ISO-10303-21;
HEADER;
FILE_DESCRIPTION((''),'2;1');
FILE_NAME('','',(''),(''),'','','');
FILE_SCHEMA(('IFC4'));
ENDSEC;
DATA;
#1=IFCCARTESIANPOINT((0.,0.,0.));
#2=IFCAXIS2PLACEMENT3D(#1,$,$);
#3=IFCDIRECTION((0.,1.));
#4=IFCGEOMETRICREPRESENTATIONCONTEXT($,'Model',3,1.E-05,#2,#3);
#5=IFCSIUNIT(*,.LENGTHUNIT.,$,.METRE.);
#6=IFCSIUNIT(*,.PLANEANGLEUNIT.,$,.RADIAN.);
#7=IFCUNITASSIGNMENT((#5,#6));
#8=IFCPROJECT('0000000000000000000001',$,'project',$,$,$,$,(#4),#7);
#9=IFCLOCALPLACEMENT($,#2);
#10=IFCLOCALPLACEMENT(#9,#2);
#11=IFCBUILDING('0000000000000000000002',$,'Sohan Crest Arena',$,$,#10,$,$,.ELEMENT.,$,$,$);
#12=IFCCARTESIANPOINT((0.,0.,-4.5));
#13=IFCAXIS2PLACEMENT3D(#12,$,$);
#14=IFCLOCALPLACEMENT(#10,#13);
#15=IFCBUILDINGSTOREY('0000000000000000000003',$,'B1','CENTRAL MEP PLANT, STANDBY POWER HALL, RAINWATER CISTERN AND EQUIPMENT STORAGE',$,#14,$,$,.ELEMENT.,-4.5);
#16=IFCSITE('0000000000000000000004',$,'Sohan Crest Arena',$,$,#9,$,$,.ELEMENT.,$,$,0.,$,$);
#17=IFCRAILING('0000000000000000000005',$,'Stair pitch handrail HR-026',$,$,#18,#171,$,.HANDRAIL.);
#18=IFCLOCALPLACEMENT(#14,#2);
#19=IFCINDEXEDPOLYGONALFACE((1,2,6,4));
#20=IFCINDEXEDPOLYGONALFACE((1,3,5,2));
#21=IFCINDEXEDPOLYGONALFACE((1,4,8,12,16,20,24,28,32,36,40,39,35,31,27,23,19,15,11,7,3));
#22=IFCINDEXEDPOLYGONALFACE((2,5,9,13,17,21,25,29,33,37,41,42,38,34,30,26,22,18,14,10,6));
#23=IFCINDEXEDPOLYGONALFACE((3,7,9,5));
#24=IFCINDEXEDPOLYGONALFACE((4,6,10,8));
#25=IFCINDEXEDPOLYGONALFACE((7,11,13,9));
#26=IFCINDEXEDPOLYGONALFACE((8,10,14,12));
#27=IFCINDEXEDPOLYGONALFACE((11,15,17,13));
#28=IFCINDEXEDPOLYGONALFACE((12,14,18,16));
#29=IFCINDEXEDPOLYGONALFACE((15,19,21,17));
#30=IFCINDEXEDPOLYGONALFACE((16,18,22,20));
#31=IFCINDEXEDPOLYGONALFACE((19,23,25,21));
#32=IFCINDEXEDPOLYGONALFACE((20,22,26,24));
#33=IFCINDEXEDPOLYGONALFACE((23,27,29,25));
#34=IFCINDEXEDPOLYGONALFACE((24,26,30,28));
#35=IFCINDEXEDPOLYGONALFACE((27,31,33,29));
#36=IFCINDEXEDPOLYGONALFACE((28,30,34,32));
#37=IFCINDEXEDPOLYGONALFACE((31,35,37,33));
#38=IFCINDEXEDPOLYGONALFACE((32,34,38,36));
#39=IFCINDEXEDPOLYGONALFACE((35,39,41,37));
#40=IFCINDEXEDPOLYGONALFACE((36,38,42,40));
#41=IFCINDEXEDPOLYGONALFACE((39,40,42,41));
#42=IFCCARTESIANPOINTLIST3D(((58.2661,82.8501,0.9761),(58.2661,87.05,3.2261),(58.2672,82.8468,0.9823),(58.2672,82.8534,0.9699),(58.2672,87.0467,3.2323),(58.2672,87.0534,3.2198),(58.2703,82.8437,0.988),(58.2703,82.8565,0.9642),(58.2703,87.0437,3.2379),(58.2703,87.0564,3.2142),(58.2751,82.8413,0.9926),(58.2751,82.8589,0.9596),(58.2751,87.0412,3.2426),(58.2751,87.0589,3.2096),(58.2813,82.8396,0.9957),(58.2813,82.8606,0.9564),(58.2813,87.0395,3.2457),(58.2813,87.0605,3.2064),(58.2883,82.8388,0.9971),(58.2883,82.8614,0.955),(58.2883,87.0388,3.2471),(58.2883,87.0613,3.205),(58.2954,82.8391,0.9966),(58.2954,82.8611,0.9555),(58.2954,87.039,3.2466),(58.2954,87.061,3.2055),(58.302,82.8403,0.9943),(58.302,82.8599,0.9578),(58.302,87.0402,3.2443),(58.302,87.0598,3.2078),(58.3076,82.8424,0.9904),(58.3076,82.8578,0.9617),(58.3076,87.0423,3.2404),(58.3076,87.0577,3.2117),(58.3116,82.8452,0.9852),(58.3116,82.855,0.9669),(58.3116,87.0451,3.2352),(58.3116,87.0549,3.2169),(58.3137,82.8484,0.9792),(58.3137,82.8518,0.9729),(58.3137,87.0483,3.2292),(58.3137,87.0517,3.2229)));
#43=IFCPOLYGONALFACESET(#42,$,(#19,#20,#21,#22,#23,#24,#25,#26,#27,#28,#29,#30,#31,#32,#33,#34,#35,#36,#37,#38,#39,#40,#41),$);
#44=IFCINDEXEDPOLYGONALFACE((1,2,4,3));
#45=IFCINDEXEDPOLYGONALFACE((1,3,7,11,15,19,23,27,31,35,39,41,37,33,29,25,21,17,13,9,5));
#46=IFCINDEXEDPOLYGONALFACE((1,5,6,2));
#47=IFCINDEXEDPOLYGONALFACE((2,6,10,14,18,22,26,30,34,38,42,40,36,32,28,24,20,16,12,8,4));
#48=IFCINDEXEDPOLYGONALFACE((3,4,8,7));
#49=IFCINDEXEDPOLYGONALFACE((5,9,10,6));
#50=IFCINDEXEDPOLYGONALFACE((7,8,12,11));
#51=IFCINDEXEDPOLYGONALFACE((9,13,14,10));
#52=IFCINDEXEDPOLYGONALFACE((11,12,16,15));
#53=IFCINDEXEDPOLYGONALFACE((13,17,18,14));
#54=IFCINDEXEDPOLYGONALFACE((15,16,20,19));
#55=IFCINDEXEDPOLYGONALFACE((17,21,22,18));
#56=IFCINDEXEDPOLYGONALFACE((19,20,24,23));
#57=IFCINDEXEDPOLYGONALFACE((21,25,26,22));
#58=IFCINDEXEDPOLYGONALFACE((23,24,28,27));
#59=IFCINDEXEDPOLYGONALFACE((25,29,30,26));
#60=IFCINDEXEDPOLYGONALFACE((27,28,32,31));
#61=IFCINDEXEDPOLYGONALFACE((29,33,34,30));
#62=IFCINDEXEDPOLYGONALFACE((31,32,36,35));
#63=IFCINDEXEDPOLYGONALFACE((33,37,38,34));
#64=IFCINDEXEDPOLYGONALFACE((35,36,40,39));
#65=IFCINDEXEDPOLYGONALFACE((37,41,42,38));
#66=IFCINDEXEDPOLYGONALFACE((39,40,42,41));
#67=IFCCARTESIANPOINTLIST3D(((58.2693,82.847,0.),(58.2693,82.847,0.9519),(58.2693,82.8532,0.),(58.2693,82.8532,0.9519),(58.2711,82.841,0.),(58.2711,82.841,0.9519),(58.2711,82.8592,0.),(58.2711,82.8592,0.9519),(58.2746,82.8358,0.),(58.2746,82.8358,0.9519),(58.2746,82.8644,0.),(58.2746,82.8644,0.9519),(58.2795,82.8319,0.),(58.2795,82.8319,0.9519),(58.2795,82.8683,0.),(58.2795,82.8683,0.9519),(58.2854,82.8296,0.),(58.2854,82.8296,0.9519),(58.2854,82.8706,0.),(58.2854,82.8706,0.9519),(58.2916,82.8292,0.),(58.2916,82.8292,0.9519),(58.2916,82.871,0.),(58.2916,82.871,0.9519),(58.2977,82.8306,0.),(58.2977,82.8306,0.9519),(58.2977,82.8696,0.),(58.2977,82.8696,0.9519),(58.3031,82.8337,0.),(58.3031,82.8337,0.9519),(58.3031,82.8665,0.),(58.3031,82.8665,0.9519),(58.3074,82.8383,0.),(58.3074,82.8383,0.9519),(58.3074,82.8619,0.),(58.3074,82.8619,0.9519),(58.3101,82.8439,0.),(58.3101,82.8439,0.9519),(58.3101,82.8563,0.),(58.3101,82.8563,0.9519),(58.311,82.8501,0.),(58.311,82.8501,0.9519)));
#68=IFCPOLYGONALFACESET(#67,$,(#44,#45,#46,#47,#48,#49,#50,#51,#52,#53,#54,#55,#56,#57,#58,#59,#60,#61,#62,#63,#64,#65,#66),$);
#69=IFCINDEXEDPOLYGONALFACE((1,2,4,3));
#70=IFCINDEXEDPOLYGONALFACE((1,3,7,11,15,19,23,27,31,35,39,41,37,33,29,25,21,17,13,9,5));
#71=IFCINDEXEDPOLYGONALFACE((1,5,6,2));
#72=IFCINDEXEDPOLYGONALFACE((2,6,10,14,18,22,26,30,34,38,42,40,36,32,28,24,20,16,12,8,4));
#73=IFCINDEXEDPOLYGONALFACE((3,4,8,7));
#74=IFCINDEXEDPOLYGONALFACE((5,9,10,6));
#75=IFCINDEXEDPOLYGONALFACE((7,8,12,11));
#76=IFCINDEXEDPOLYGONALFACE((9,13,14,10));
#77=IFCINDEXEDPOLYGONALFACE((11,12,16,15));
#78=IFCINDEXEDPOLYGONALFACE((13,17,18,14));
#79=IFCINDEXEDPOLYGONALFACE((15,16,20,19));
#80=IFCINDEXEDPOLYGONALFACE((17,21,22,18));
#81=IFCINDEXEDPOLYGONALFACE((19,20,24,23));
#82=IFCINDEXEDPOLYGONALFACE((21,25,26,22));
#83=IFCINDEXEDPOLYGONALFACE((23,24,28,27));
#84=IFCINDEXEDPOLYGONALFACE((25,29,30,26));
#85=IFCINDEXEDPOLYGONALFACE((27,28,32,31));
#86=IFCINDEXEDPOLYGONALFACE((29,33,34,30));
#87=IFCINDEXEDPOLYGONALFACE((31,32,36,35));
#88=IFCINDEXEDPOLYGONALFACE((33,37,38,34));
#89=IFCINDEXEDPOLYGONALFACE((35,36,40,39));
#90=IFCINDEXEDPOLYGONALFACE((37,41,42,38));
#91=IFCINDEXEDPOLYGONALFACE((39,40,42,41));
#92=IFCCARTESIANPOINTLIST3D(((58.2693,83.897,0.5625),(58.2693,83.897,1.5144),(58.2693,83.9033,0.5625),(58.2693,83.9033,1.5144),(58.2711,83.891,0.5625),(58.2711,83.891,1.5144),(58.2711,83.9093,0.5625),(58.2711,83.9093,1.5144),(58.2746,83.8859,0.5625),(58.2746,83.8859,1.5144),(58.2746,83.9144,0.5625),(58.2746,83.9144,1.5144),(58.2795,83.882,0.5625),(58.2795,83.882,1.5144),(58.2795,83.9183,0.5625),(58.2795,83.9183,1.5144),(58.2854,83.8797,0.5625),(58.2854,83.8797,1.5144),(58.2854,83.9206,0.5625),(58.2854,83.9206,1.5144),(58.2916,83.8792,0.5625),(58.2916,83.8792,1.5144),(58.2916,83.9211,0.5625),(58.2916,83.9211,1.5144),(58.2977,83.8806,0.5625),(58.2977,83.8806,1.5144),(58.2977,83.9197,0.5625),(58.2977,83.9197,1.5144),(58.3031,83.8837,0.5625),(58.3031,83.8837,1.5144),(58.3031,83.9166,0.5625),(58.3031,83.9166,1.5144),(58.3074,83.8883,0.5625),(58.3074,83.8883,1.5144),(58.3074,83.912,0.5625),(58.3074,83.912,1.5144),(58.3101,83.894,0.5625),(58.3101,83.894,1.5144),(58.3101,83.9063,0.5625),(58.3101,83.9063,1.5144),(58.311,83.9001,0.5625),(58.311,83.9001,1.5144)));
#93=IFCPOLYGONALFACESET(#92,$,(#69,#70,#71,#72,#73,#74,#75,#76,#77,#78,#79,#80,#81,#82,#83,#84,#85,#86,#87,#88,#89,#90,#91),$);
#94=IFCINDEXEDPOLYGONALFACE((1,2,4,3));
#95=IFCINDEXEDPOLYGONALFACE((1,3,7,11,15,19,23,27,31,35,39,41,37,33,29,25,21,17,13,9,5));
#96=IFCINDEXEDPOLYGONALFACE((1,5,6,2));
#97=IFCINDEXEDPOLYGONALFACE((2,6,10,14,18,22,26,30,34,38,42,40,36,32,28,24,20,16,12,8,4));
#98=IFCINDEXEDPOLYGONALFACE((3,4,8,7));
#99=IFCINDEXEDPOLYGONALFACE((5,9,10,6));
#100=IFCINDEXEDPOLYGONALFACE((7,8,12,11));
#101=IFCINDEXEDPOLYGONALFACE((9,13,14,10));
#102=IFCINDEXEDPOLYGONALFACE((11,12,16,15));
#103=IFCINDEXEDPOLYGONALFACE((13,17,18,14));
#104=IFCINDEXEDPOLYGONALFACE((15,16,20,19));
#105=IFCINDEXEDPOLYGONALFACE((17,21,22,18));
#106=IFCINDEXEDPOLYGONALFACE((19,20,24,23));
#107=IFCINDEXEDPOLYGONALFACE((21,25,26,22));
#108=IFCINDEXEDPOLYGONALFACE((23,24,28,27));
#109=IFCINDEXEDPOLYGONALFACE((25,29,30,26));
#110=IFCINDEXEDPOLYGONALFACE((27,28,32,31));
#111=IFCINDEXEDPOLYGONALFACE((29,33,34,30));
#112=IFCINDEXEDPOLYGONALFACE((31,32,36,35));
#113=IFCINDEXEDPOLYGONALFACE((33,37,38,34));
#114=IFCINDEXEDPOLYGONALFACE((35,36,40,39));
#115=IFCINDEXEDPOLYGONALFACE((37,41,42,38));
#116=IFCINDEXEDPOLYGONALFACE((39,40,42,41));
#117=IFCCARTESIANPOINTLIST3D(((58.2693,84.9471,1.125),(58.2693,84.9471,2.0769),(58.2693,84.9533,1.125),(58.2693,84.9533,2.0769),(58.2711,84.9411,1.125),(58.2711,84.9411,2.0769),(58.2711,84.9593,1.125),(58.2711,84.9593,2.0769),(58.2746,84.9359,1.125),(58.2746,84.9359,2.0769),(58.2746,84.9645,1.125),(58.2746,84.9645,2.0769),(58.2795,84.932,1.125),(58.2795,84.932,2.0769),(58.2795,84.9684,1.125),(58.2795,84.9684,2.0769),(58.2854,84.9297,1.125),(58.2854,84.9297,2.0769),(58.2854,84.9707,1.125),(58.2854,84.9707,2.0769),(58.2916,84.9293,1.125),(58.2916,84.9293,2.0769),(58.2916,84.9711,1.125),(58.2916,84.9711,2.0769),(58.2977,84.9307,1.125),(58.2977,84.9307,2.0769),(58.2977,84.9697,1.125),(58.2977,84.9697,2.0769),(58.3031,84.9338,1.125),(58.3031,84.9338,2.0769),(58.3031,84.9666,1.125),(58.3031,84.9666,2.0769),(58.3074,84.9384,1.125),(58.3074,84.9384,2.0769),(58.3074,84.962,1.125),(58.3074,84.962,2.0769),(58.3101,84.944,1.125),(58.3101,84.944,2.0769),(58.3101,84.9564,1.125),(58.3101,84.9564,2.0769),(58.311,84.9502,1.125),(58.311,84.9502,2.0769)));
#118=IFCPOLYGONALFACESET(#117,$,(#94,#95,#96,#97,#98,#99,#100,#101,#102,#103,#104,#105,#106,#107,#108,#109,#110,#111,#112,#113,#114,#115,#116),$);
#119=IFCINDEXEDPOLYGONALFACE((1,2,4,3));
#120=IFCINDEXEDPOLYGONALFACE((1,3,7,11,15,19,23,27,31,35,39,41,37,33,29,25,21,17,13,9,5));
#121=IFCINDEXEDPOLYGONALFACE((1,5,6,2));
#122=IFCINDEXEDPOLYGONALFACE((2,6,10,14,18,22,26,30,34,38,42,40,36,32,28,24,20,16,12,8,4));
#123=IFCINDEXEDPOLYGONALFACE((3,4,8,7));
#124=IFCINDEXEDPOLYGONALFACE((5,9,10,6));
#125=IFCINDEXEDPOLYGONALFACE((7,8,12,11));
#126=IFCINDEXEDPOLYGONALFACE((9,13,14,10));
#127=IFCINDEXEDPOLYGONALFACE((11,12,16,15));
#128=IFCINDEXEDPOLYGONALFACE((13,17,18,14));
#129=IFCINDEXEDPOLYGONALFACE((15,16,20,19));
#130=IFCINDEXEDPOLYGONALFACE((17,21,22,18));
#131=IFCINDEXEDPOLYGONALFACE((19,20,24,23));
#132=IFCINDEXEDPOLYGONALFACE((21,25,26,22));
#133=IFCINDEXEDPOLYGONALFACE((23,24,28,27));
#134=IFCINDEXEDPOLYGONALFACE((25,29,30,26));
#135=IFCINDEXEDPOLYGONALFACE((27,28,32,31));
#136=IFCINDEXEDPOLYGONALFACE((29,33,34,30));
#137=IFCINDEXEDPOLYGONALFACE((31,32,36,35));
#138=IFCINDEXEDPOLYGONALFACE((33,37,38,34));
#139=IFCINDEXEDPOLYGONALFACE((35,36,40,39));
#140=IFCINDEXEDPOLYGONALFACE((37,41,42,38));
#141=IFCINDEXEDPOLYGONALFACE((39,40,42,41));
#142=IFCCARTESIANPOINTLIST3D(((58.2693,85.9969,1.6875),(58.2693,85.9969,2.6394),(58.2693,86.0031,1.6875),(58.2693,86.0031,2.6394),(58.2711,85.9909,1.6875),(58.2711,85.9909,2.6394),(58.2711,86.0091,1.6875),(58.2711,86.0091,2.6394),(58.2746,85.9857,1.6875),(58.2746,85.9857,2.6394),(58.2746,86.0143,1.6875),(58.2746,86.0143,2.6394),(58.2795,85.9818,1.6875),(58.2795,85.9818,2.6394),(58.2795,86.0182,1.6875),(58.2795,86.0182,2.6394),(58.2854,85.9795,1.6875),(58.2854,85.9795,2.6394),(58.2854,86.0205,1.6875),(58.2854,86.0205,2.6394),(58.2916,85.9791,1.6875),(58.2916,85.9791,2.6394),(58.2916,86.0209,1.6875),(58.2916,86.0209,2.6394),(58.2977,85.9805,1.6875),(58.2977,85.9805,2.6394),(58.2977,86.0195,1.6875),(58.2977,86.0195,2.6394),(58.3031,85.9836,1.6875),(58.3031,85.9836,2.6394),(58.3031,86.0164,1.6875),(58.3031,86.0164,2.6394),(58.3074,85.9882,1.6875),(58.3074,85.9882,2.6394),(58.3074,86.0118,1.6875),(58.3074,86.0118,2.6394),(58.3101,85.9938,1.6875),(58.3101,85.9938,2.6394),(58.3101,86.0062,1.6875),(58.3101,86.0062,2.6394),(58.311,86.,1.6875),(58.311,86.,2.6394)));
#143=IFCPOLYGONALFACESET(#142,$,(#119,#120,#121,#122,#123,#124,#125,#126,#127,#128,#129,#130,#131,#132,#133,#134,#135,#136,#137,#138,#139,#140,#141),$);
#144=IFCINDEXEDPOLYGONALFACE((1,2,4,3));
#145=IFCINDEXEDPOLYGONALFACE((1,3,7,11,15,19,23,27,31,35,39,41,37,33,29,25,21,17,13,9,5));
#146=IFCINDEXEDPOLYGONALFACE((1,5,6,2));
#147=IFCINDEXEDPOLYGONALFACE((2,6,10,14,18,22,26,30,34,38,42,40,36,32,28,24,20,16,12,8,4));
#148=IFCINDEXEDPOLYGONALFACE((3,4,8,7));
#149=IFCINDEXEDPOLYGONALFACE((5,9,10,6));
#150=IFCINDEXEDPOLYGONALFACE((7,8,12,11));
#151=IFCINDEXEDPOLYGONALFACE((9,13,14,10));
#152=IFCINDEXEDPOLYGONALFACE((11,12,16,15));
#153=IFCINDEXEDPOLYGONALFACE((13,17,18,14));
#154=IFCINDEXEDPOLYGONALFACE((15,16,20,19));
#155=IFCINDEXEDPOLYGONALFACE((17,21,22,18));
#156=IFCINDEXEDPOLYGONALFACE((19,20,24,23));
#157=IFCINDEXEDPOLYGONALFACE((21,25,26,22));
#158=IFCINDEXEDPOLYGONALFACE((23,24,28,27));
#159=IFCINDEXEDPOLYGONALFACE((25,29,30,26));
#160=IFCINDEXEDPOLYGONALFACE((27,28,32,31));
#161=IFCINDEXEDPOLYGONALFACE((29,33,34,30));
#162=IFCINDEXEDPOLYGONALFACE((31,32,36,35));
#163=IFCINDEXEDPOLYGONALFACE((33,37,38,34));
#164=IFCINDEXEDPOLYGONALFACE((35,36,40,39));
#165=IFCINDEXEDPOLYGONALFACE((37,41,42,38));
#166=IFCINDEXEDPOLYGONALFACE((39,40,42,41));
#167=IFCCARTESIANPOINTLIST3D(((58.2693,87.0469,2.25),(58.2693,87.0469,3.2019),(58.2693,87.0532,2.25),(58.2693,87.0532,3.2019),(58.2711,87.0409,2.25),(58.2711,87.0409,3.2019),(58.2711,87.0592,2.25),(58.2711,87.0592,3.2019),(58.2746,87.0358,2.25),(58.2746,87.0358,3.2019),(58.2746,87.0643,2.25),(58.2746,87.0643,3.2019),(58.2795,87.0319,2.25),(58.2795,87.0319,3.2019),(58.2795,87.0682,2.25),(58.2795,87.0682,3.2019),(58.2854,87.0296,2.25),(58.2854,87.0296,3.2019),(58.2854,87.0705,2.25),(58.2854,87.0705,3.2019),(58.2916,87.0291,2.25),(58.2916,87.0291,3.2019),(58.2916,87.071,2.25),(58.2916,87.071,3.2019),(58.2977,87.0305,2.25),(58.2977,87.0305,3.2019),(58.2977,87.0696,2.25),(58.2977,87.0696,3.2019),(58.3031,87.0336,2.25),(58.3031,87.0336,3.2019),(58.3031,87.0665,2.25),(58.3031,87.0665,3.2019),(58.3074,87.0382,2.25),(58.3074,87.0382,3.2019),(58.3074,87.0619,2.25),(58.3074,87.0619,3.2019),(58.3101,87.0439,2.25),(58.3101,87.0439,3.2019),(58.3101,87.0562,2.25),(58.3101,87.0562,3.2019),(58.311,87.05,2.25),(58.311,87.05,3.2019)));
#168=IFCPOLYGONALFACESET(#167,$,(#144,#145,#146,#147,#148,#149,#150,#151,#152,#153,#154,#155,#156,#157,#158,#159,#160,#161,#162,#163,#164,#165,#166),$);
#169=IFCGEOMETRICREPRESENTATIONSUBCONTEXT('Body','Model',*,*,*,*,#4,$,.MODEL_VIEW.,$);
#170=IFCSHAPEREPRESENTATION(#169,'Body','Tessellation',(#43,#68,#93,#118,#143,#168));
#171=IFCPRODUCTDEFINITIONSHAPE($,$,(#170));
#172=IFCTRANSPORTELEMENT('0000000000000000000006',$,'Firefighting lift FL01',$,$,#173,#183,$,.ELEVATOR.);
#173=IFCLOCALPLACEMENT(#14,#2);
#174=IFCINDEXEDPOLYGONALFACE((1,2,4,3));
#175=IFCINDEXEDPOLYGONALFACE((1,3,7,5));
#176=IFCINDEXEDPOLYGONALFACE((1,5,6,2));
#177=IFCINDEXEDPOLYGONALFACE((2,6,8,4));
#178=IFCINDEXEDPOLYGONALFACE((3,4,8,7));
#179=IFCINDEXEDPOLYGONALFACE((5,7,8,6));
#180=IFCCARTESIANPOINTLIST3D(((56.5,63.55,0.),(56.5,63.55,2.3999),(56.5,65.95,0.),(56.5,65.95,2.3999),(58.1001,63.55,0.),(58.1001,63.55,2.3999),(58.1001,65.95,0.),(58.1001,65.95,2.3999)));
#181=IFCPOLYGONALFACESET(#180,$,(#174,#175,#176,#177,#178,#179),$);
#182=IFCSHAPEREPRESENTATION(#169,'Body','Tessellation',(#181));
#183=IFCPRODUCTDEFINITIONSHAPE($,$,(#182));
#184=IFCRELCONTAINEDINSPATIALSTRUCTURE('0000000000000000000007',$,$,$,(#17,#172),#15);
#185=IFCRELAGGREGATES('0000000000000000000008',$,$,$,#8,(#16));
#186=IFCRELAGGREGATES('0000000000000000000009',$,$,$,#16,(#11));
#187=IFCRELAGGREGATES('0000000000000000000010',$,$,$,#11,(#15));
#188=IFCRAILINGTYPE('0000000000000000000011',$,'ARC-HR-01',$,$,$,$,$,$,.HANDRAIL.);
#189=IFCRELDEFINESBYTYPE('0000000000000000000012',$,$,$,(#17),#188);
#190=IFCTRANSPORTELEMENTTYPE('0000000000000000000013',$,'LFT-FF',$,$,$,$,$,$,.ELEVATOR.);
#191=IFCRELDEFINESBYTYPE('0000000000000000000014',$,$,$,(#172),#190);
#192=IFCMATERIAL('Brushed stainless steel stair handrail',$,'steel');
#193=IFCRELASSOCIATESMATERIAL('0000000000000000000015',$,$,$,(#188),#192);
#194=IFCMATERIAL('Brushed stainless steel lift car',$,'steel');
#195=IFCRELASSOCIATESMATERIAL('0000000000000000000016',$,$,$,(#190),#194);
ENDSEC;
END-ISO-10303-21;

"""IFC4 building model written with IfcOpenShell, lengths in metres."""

from ifc_helpers import new_model, si_unit, direction, frame, origin, origin_2d, place, context, subcontext, project, spatial, rectangle, circle, extrude, material, type_object, element, save


model = new_model("IFC4")

# Units and contexts
model_context = context("Model", 3, precision=1e-05, world=origin(), true_north=direction((0.0, 1.0)))
body_context = subcontext(model_context, "Body", "Model", "MODEL_VIEW")
ifc_project = project(units=[si_unit("LENGTHUNIT", "METRE"), si_unit("PLANEANGLEUNIT", "RADIAN")], contexts=[model_context])

# Site, building, storey
site_placement = place(None, origin())
site = spatial("IfcSite", under=ifc_project, at=site_placement, Name="Sohan Crest Arena", CompositionType="ELEMENT", RefElevation=0.0)
building_placement = place(site_placement, origin())
building = spatial("IfcBuilding", under=site, at=building_placement, Name="Sohan Crest Arena", CompositionType="ELEMENT")
storey_placement = place(building_placement, frame((0.0, 0.0, -4.5)))
storey = spatial("IfcBuildingStorey", under=building, at=storey_placement, Name="B1", Description="CENTRAL MEP PLANT, STANDBY POWER HALL, RAINWATER CISTERN AND EQUIPMENT STORAGE", CompositionType="ELEMENT", Elevation=-4.5)

# Railing
ifc_material_1 = material(Name="Brushed stainless steel stair handrail", Category="steel")
railing_type_1 = type_object("IfcRailingType", Name="ARC-HR-01", PredefinedType="HANDRAIL", material=ifc_material_1)
railing_1_placement = place(storey_placement, frame((58.29, 82.8501, 0.0)))
element("IfcRailing", 1, at=railing_1_placement, inside=storey, type_object=railing_type_1, Name="Stair pitch handrail HR-026", PredefinedType="HANDRAIL", context=body_context, shape_type="SweptSolid", body=[
    extrude(circle(Radius=0.0239, at=origin_2d()), frame((0.0, 0.0, 0.9761), z_axis=(0.0, 0.881478, 0.472226), x_axis=(-1.0, 0.0, 0.0)), (0.0, 0.0, 1.0), 4.7646),
    extrude(circle(Radius=0.021, at=origin_2d()), origin(), (0.0, 0.0, 1.0), 0.9519),
    extrude(circle(Radius=0.021, at=origin_2d()), frame((0.0, 1.05, 0.5625)), (0.0, 0.0, 1.0), 0.9519),
    extrude(circle(Radius=0.021, at=origin_2d()), frame((0.0, 2.1001, 1.125)), (0.0, 0.0, 1.0), 0.9519),
    extrude(circle(Radius=0.021, at=origin_2d()), frame((0.0, 3.1499, 1.6875)), (0.0, 0.0, 1.0), 0.9519),
    extrude(circle(Radius=0.021, at=origin_2d()), frame((0.0, 4.2, 2.25)), (0.0, 0.0, 1.0), 0.9519),
])

# Transport element
ifc_material_2 = material(Name="Brushed stainless steel lift car", Category="steel")
transport_element_type = type_object("IfcTransportElementType", Name="LFT-FF", PredefinedType="ELEVATOR", material=ifc_material_2)
transport_element_placement = place(storey_placement, frame((57.3, 64.75, 0.0), z_axis=(0.0, 0.0, 1.0), x_axis=(1.0, 0.0, 0.0)))
element("IfcTransportElement", 2, at=transport_element_placement, inside=storey, type_object=transport_element_type, Name="Firefighting lift FL01", PredefinedType="ELEVATOR", context=body_context, shape_type="SweptSolid", body=[
    extrude(rectangle(XDim=1.6001, YDim=2.3999, at=origin_2d()), origin(), (0.0, 0.0, 1.0), 2.3999),
])

save(model, "model.ifc")
